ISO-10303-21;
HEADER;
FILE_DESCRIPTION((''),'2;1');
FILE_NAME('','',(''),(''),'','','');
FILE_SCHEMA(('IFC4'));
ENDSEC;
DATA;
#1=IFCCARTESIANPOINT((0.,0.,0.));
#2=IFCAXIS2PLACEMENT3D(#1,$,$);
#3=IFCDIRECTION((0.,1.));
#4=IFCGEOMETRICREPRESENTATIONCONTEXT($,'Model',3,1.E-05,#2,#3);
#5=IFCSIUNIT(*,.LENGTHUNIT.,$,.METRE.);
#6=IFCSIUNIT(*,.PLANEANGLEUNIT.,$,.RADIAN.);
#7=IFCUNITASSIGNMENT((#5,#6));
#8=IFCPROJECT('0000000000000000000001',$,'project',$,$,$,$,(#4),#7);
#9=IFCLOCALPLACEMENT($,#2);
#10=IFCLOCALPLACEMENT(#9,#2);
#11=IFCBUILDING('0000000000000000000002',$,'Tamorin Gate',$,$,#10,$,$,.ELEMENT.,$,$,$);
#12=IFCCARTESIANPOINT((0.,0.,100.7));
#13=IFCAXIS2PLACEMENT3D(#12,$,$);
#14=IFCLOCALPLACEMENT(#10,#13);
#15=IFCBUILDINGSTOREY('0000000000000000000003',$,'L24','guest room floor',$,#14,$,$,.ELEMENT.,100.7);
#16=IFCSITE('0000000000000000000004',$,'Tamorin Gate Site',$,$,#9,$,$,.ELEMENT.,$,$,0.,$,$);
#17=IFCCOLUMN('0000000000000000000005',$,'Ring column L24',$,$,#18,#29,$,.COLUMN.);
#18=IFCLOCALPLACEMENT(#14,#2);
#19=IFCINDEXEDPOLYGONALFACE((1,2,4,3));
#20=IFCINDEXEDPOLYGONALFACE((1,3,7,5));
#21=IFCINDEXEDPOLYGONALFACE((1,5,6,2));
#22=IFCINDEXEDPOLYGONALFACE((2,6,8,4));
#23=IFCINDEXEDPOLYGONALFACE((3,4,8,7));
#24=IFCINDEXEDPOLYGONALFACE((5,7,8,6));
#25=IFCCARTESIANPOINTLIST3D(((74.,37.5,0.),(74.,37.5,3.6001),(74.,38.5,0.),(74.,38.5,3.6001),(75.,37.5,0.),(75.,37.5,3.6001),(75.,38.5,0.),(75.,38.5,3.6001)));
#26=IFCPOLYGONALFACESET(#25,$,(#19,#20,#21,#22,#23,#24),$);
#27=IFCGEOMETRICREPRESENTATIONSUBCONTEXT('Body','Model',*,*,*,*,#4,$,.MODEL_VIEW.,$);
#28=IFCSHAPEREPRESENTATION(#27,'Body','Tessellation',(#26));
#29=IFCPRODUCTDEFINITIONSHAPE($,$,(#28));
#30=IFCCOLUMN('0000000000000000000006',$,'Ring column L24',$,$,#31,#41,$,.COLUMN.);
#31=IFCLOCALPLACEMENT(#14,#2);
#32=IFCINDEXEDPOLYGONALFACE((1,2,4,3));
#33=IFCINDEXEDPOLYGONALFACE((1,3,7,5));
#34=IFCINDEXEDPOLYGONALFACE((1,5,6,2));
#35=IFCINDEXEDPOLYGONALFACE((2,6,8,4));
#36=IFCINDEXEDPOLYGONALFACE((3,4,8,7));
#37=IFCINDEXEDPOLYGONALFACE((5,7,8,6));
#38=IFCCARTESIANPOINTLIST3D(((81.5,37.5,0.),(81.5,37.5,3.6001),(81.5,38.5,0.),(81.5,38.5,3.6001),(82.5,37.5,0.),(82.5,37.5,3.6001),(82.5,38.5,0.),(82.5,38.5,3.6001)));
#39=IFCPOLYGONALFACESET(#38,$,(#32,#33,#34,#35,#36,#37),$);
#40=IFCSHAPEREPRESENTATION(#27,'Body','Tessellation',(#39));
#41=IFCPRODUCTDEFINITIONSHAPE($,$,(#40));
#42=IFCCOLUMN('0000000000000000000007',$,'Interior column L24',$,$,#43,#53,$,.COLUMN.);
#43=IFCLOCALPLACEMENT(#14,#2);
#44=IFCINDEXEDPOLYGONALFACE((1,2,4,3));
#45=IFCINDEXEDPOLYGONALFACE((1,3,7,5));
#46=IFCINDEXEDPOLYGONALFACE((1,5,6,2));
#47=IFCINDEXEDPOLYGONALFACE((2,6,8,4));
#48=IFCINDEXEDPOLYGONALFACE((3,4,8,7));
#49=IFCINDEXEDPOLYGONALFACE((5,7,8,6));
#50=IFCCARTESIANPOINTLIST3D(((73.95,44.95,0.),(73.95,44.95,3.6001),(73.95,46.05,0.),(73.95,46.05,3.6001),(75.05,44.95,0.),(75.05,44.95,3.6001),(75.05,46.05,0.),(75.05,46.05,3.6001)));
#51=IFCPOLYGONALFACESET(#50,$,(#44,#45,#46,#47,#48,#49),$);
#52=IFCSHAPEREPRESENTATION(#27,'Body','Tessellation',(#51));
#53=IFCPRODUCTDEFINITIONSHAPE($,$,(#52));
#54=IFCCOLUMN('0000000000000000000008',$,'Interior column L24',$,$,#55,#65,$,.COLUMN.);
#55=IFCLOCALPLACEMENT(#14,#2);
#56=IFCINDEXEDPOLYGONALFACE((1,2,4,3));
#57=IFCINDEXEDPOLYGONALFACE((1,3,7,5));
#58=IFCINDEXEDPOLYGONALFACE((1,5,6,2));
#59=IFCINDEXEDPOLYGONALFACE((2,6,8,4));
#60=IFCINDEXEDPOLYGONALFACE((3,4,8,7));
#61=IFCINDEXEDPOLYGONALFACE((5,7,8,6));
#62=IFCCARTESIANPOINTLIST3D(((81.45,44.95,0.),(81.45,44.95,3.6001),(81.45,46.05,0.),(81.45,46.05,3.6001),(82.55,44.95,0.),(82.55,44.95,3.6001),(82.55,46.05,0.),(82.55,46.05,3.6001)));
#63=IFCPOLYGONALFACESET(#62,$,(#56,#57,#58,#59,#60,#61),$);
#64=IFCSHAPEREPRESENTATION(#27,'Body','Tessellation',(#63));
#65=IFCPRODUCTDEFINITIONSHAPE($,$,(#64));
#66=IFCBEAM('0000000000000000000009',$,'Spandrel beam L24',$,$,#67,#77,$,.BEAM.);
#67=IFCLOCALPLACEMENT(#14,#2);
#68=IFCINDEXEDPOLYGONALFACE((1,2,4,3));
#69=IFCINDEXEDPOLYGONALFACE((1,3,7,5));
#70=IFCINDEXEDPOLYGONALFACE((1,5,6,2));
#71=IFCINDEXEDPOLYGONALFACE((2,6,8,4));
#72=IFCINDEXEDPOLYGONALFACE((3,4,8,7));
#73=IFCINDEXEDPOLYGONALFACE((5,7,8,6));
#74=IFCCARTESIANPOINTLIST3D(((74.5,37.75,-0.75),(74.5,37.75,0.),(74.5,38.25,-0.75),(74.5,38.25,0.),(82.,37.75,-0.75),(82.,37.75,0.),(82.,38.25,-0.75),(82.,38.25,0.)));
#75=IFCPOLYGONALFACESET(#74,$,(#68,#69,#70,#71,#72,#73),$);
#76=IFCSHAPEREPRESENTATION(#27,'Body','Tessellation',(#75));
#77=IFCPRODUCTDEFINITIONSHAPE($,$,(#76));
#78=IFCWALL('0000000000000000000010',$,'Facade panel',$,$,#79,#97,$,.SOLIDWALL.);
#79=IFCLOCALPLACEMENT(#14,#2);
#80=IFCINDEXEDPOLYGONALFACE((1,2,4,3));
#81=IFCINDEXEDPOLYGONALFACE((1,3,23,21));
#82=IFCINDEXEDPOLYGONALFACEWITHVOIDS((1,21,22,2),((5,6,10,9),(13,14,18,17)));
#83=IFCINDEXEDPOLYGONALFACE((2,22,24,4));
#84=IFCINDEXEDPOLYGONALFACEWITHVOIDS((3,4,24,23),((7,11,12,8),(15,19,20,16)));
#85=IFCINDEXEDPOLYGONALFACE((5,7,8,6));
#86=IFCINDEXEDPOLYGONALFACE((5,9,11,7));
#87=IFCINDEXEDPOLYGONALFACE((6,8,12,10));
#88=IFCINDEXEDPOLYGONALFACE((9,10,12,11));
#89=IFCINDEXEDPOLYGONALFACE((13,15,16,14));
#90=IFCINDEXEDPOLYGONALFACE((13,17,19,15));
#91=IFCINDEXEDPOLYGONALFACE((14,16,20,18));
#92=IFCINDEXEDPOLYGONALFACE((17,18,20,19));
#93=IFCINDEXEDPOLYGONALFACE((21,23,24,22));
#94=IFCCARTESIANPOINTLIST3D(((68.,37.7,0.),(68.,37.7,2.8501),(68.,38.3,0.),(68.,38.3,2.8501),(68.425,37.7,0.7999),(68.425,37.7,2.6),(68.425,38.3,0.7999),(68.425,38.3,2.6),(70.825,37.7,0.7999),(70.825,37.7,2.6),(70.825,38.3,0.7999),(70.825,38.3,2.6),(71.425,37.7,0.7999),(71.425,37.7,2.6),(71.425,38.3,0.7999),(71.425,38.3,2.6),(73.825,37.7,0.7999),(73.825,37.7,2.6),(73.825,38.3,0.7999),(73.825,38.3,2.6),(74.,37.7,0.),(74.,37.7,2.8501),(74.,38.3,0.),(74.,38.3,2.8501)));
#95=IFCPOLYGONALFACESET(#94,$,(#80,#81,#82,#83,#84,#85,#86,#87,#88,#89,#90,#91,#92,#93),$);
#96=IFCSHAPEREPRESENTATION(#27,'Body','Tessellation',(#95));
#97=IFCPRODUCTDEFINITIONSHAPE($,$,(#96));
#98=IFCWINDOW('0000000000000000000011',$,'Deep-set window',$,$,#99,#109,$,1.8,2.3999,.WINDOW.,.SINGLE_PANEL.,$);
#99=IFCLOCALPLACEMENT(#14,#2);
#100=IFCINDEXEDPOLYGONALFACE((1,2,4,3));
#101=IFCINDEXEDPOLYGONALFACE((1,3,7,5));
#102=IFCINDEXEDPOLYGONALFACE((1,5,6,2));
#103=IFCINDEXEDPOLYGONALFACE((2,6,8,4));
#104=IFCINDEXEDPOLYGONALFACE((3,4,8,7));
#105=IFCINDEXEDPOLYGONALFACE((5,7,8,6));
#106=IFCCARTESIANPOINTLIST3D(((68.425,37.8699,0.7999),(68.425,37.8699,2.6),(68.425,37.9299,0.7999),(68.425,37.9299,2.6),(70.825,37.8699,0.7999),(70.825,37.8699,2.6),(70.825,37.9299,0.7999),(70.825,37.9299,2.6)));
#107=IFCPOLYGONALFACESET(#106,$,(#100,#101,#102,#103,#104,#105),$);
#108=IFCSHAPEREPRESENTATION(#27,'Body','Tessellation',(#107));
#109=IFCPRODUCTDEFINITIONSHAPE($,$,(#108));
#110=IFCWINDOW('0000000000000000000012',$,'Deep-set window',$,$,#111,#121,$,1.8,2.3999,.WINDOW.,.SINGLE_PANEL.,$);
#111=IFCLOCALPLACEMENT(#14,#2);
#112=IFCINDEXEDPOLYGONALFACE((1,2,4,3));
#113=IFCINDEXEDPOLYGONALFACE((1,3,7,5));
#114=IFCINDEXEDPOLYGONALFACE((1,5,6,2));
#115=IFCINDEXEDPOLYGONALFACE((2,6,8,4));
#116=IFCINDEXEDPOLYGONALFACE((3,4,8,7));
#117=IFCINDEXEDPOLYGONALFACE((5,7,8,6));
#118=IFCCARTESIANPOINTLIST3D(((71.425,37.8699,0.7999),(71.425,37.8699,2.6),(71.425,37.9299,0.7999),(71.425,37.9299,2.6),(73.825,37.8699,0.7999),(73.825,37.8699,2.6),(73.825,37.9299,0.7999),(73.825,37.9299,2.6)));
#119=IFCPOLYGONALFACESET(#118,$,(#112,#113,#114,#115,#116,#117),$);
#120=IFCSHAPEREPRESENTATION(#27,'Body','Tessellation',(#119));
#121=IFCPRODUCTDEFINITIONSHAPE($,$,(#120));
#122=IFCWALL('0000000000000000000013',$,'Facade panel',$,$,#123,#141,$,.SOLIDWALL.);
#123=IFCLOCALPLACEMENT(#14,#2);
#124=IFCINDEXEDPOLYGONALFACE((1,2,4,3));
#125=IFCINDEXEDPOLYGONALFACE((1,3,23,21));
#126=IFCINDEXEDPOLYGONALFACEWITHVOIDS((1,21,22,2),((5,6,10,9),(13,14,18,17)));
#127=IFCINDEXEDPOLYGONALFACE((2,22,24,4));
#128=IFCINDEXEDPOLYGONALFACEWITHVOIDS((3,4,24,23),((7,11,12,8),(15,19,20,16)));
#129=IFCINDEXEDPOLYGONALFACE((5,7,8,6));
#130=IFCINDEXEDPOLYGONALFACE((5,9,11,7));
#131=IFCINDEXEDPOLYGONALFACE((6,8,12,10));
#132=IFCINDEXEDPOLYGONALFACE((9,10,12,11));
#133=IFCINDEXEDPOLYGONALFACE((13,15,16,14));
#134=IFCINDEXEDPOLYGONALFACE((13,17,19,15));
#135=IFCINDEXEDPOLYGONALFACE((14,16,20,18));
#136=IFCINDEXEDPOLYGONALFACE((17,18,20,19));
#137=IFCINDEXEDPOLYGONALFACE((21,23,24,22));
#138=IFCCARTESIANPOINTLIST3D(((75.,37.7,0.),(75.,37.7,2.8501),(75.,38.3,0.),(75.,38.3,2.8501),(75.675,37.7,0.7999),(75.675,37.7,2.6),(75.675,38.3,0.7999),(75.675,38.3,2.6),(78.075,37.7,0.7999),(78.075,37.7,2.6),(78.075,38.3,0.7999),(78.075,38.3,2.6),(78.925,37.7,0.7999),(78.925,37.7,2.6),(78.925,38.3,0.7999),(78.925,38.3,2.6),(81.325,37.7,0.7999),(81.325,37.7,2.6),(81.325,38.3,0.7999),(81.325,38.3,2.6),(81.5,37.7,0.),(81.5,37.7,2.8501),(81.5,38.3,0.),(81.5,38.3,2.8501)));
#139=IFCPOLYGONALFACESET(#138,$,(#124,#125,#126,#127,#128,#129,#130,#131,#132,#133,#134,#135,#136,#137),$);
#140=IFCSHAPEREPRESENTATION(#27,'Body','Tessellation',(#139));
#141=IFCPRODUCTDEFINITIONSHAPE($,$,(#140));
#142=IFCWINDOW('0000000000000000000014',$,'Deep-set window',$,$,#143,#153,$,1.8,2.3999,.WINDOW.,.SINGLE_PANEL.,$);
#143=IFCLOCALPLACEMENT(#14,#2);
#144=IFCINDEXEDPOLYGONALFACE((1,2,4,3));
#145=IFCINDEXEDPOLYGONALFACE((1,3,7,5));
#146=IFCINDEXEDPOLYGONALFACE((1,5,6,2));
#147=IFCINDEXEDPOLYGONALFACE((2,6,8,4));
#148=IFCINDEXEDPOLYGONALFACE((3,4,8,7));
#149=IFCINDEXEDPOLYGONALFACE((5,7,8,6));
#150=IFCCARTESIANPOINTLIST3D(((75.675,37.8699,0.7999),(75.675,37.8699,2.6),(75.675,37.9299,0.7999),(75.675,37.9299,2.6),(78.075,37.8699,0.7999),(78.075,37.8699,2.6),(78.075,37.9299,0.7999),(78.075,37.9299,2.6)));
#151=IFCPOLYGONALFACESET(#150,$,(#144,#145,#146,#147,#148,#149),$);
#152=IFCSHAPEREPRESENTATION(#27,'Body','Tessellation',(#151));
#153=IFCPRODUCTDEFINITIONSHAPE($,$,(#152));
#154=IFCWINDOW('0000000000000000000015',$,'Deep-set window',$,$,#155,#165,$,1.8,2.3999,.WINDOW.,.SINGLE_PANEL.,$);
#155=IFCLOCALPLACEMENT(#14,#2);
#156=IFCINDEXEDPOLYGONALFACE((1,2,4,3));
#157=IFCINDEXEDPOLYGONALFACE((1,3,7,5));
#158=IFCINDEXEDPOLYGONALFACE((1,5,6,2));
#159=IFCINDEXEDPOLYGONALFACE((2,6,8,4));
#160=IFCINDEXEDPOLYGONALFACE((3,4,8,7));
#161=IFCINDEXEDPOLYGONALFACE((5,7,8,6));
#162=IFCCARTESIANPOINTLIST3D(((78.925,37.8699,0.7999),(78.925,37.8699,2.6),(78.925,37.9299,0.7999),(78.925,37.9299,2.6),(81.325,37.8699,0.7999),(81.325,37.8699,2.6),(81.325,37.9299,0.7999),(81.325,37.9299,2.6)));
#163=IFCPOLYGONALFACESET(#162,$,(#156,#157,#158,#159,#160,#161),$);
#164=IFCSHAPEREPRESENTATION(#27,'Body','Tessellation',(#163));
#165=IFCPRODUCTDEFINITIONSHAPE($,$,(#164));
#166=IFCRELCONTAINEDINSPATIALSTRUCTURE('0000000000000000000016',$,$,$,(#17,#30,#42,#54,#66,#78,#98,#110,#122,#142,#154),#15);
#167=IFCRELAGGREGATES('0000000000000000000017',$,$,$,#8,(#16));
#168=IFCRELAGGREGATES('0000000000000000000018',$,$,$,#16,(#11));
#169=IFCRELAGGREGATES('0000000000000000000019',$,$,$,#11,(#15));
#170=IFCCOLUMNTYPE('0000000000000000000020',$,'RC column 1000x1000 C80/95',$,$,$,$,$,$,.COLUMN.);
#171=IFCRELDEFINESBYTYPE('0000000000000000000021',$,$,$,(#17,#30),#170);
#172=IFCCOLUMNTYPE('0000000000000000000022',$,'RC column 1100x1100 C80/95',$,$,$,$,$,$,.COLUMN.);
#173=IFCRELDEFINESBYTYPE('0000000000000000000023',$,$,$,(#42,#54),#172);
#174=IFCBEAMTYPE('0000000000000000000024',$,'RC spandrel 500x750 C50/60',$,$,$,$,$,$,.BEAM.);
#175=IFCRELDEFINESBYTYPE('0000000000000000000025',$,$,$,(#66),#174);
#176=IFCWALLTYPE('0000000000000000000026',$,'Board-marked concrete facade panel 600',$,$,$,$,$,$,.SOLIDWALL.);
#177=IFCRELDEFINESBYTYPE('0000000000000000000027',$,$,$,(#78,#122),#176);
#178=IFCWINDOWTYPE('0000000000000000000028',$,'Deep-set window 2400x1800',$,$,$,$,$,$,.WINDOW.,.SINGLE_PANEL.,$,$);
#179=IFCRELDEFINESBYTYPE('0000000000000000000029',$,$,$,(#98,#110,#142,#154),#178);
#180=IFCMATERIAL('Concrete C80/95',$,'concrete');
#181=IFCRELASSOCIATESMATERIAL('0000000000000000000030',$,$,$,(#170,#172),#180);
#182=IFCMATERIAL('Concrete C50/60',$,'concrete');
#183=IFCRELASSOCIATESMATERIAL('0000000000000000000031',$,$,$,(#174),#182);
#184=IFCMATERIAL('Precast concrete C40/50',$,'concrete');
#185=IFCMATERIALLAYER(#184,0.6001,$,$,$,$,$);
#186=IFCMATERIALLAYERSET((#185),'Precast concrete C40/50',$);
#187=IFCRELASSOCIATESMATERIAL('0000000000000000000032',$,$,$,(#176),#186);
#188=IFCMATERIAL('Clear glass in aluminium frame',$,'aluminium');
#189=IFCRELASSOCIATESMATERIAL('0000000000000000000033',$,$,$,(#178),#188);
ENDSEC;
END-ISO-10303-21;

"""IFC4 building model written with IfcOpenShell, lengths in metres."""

from ifc_helpers import new_model, si_unit, direction, frame, frame_2d, origin, origin_2d, place, context, subcontext, project, spatial, rectangle, extrude, material, layer, layer_set, material_profile, profile_set, type_object, element, fill, save


model = new_model("IFC4")

# Units and contexts
model_context = context("Model", 3, precision=1e-05, world=origin(), true_north=direction((0.0, 1.0)))
body_context = subcontext(model_context, "Body", "Model", "MODEL_VIEW")
ifc_project = project(units=[si_unit("LENGTHUNIT", "METRE"), si_unit("PLANEANGLEUNIT", "RADIAN")], contexts=[model_context])

# Site, building, storey
site_placement = place(None, origin())
site = spatial("IfcSite", under=ifc_project, at=site_placement, Name="Tamorin Gate Site", CompositionType="ELEMENT", RefElevation=0.0)
building_placement = place(site_placement, origin())
building = spatial("IfcBuilding", under=site, at=building_placement, Name="Tamorin Gate", CompositionType="ELEMENT")
storey_placement = place(building_placement, frame((0.0, 0.0, 100.7)))
storey = spatial("IfcBuildingStorey", under=building, at=storey_placement, Name="L24", Description="guest room floor", CompositionType="ELEMENT", Elevation=100.7)

# Columns
ifc_material_1 = material(Name="Concrete C80/95", Category="concrete")
ifc_material_profile_1 = material_profile(ifc_material_1, rectangle(XDim=1.0, YDim=1.0, at=origin_2d()), Name="RC 1000x1000")
ifc_profile_set_1 = profile_set([ifc_material_profile_1], Name="Concrete C80/95")
column_type_1 = type_object("IfcColumnType", Name="RC column 1000x1000 C80/95", PredefinedType="COLUMN", material=ifc_profile_set_1)
for number, where, z_axis, x_axis, name in (
    (1, (74.5, 38.0, 0.0), (0.0, 0.0, 1.0), (1.0, 0.0, 0.0), "Ring column L24"),
    (2, (82.0, 38.0, 0.0), (0.0, 0.0, 1.0), (1.0, 0.0, 0.0), "Ring column L24"),
):
    element("IfcColumn", number, at=place(storey_placement, frame(where, z_axis=z_axis, x_axis=x_axis)), inside=storey, type_object=column_type_1, Name=name, PredefinedType="COLUMN", context=body_context, shape_type="SweptSolid", body=[
        extrude(rectangle(XDim=1.0, YDim=1.0, at=origin_2d()), origin(), (0.0, 0.0, 1.0), 3.6001),
    ])
ifc_material_profile_2 = material_profile(ifc_material_1, rectangle(XDim=1.1001, YDim=1.1001, at=origin_2d()), Name="RC 1100x1100")
ifc_profile_set_2 = profile_set([ifc_material_profile_2], Name="Concrete C80/95")
column_type_2 = type_object("IfcColumnType", Name="RC column 1100x1100 C80/95", PredefinedType="COLUMN", material=ifc_profile_set_2)
for number, where, z_axis, x_axis, name in (
    (3, (74.5, 45.5, 0.0), (0.0, 0.0, 1.0), (1.0, 0.0, 0.0), "Interior column L24"),
    (4, (82.0, 45.5, 0.0), (0.0, 0.0, 1.0), (1.0, 0.0, 0.0), "Interior column L24"),
):
    element("IfcColumn", number, at=place(storey_placement, frame(where, z_axis=z_axis, x_axis=x_axis)), inside=storey, type_object=column_type_2, Name=name, PredefinedType="COLUMN", context=body_context, shape_type="SweptSolid", body=[
        extrude(rectangle(XDim=1.1001, YDim=1.1001, at=origin_2d()), origin(), (0.0, 0.0, 1.0), 3.6001),
    ])

# Beam
ifc_material_2 = material(Name="Concrete C50/60", Category="concrete")
ifc_material_profile_3 = material_profile(ifc_material_2, rectangle(XDim=0.5, YDim=0.75, at=origin_2d()), Name="RC 500x750")
ifc_profile_set_3 = profile_set([ifc_material_profile_3], Name="Concrete C50/60")
beam_type = type_object("IfcBeamType", Name="RC spandrel 500x750 C50/60", PredefinedType="BEAM", material=ifc_profile_set_3)
beam_placement = place(storey_placement, frame((74.5, 38.0, -0.375), z_axis=(1.0, 0.0, 0.0), x_axis=(0.0, 1.0, 0.0)))
element("IfcBeam", 5, at=beam_placement, inside=storey, type_object=beam_type, Name="Spandrel beam L24", PredefinedType="BEAM", context=body_context, shape_type="SweptSolid", body=[
    extrude(rectangle(XDim=0.5, YDim=0.75, at=origin_2d()), origin(), (0.0, 0.0, 1.0), 7.5),
])

# Walls, openings, windows
ifc_material_3 = material(Name="Precast concrete C40/50", Category="concrete")
ifc_layer_1 = layer(ifc_material_3, 0.6001)
ifc_layer_set_1 = layer_set([ifc_layer_1], Name="Precast concrete C40/50")
wall_type_1 = type_object("IfcWallType", Name="Board-marked concrete facade panel 600", PredefinedType="SOLIDWALL", material=ifc_layer_set_1)
wall_1_placement = place(storey_placement, frame((68.0, 38.0, 0.0), z_axis=(0.0, 0.0, 1.0), x_axis=(1.0, 0.0, 0.0)))
wall_1 = element("IfcWall", 6, at=wall_1_placement, inside=storey, type_object=wall_type_1, Name="Facade panel", PredefinedType="SOLIDWALL", context=body_context, shape_type="SweptSolid", body=[
    extrude(rectangle(XDim=6.0, YDim=0.6001, at=frame_2d((3.0, 0.0))), origin(), (0.0, 0.0, 1.0), 2.8501),
])
opening_1_placement = place(wall_1_placement, frame((0.425, 0.0, 0.8)))
opening_1 = element("IfcOpeningElement", 7, at=opening_1_placement, cuts=wall_1, PredefinedType="OPENING", context=body_context, shape_type="SweptSolid", body=[
    extrude(rectangle(XDim=2.3999, YDim=1.8, at=frame_2d((1.2, 0.8999))), frame((0.0, 0.3101, 0.0), z_axis=(0.0, -1.0, 0.0), x_axis=(1.0, 0.0, 0.0)), (0.0, 0.0, 1.0), 0.6201),
])
opening_2_placement = place(wall_1_placement, frame((3.425, 0.0, 0.8)))
opening_2 = element("IfcOpeningElement", 8, at=opening_2_placement, cuts=wall_1, PredefinedType="OPENING", context=body_context, shape_type="SweptSolid", body=[
    extrude(rectangle(XDim=2.3999, YDim=1.8, at=frame_2d((1.2, 0.8999))), frame((0.0, 0.3101, 0.0), z_axis=(0.0, -1.0, 0.0), x_axis=(1.0, 0.0, 0.0)), (0.0, 0.0, 1.0), 0.6201),
])
ifc_material_4 = material(Name="Clear glass in aluminium frame", Category="aluminium")
window_type = type_object("IfcWindowType", Name="Deep-set window 2400x1800", PartitioningType="SINGLE_PANEL", PredefinedType="WINDOW", material=ifc_material_4)
window_1_placement = place(opening_1_placement, origin())
window_1 = element("IfcWindow", 9, at=window_1_placement, inside=storey, type_object=window_type, Name="Deep-set window", OverallHeight=1.8, OverallWidth=2.3999, PartitioningType="SINGLE_PANEL", PredefinedType="WINDOW", context=body_context, shape_type="SweptSolid", body=[
    extrude(rectangle(XDim=2.3999, YDim=1.8, at=frame_2d((1.2, 0.8999))), frame((0.0, -0.0701, 0.0), z_axis=(0.0, -1.0, 0.0), x_axis=(1.0, 0.0, 0.0)), (0.0, 0.0, 1.0), 0.0601),
])
fill(opening_1, window_1)
window_2_placement = place(opening_2_placement, origin())
window_2 = element("IfcWindow", 10, at=window_2_placement, inside=storey, type_object=window_type, Name="Deep-set window", OverallHeight=1.8, OverallWidth=2.3999, PartitioningType="SINGLE_PANEL", PredefinedType="WINDOW", context=body_context, shape_type="SweptSolid", body=[
    extrude(rectangle(XDim=2.3999, YDim=1.8, at=frame_2d((1.2, 0.8999))), frame((0.0, -0.0701, 0.0), z_axis=(0.0, -1.0, 0.0), x_axis=(1.0, 0.0, 0.0)), (0.0, 0.0, 1.0), 0.0601),
])
fill(opening_2, window_2)
wall_2_placement = place(storey_placement, frame((75.0, 38.0, 0.0), z_axis=(0.0, 0.0, 1.0), x_axis=(1.0, 0.0, 0.0)))
wall_2 = element("IfcWall", 11, at=wall_2_placement, inside=storey, type_object=wall_type_1, Name="Facade panel", PredefinedType="SOLIDWALL", context=body_context, shape_type="SweptSolid", body=[
    extrude(rectangle(XDim=6.5, YDim=0.6001, at=frame_2d((3.25, 0.0))), origin(), (0.0, 0.0, 1.0), 2.8501),
])
opening_3_placement = place(wall_2_placement, frame((0.675, 0.0, 0.8)))
opening_3 = element("IfcOpeningElement", 12, at=opening_3_placement, cuts=wall_2, PredefinedType="OPENING", context=body_context, shape_type="SweptSolid", body=[
    extrude(rectangle(XDim=2.3999, YDim=1.8, at=frame_2d((1.2, 0.8999))), frame((0.0, 0.3101, 0.0), z_axis=(0.0, -1.0, 0.0), x_axis=(1.0, 0.0, 0.0)), (0.0, 0.0, 1.0), 0.6201),
])
opening_4_placement = place(wall_2_placement, frame((3.925, 0.0, 0.8)))
opening_4 = element("IfcOpeningElement", 13, at=opening_4_placement, cuts=wall_2, PredefinedType="OPENING", context=body_context, shape_type="SweptSolid", body=[
    extrude(rectangle(XDim=2.3999, YDim=1.8, at=frame_2d((1.2, 0.8999))), frame((0.0, 0.3101, 0.0), z_axis=(0.0, -1.0, 0.0), x_axis=(1.0, 0.0, 0.0)), (0.0, 0.0, 1.0), 0.6201),
])
window_3_placement = place(opening_3_placement, origin())
window_3 = element("IfcWindow", 14, at=window_3_placement, inside=storey, type_object=window_type, Name="Deep-set window", OverallHeight=1.8, OverallWidth=2.3999, PartitioningType="SINGLE_PANEL", PredefinedType="WINDOW", context=body_context, shape_type="SweptSolid", body=[
    extrude(rectangle(XDim=2.3999, YDim=1.8, at=frame_2d((1.2, 0.8999))), frame((0.0, -0.0701, 0.0), z_axis=(0.0, -1.0, 0.0), x_axis=(1.0, 0.0, 0.0)), (0.0, 0.0, 1.0), 0.0601),
])
fill(opening_3, window_3)
window_4_placement = place(opening_4_placement, origin())
window_4 = element("IfcWindow", 15, at=window_4_placement, inside=storey, type_object=window_type, Name="Deep-set window", OverallHeight=1.8, OverallWidth=2.3999, PartitioningType="SINGLE_PANEL", PredefinedType="WINDOW", context=body_context, shape_type="SweptSolid", body=[
    extrude(rectangle(XDim=2.3999, YDim=1.8, at=frame_2d((1.2, 0.8999))), frame((0.0, -0.0701, 0.0), z_axis=(0.0, -1.0, 0.0), x_axis=(1.0, 0.0, 0.0)), (0.0, 0.0, 1.0), 0.0601),
])
fill(opening_4, window_4)

save(model, "model.ifc")
